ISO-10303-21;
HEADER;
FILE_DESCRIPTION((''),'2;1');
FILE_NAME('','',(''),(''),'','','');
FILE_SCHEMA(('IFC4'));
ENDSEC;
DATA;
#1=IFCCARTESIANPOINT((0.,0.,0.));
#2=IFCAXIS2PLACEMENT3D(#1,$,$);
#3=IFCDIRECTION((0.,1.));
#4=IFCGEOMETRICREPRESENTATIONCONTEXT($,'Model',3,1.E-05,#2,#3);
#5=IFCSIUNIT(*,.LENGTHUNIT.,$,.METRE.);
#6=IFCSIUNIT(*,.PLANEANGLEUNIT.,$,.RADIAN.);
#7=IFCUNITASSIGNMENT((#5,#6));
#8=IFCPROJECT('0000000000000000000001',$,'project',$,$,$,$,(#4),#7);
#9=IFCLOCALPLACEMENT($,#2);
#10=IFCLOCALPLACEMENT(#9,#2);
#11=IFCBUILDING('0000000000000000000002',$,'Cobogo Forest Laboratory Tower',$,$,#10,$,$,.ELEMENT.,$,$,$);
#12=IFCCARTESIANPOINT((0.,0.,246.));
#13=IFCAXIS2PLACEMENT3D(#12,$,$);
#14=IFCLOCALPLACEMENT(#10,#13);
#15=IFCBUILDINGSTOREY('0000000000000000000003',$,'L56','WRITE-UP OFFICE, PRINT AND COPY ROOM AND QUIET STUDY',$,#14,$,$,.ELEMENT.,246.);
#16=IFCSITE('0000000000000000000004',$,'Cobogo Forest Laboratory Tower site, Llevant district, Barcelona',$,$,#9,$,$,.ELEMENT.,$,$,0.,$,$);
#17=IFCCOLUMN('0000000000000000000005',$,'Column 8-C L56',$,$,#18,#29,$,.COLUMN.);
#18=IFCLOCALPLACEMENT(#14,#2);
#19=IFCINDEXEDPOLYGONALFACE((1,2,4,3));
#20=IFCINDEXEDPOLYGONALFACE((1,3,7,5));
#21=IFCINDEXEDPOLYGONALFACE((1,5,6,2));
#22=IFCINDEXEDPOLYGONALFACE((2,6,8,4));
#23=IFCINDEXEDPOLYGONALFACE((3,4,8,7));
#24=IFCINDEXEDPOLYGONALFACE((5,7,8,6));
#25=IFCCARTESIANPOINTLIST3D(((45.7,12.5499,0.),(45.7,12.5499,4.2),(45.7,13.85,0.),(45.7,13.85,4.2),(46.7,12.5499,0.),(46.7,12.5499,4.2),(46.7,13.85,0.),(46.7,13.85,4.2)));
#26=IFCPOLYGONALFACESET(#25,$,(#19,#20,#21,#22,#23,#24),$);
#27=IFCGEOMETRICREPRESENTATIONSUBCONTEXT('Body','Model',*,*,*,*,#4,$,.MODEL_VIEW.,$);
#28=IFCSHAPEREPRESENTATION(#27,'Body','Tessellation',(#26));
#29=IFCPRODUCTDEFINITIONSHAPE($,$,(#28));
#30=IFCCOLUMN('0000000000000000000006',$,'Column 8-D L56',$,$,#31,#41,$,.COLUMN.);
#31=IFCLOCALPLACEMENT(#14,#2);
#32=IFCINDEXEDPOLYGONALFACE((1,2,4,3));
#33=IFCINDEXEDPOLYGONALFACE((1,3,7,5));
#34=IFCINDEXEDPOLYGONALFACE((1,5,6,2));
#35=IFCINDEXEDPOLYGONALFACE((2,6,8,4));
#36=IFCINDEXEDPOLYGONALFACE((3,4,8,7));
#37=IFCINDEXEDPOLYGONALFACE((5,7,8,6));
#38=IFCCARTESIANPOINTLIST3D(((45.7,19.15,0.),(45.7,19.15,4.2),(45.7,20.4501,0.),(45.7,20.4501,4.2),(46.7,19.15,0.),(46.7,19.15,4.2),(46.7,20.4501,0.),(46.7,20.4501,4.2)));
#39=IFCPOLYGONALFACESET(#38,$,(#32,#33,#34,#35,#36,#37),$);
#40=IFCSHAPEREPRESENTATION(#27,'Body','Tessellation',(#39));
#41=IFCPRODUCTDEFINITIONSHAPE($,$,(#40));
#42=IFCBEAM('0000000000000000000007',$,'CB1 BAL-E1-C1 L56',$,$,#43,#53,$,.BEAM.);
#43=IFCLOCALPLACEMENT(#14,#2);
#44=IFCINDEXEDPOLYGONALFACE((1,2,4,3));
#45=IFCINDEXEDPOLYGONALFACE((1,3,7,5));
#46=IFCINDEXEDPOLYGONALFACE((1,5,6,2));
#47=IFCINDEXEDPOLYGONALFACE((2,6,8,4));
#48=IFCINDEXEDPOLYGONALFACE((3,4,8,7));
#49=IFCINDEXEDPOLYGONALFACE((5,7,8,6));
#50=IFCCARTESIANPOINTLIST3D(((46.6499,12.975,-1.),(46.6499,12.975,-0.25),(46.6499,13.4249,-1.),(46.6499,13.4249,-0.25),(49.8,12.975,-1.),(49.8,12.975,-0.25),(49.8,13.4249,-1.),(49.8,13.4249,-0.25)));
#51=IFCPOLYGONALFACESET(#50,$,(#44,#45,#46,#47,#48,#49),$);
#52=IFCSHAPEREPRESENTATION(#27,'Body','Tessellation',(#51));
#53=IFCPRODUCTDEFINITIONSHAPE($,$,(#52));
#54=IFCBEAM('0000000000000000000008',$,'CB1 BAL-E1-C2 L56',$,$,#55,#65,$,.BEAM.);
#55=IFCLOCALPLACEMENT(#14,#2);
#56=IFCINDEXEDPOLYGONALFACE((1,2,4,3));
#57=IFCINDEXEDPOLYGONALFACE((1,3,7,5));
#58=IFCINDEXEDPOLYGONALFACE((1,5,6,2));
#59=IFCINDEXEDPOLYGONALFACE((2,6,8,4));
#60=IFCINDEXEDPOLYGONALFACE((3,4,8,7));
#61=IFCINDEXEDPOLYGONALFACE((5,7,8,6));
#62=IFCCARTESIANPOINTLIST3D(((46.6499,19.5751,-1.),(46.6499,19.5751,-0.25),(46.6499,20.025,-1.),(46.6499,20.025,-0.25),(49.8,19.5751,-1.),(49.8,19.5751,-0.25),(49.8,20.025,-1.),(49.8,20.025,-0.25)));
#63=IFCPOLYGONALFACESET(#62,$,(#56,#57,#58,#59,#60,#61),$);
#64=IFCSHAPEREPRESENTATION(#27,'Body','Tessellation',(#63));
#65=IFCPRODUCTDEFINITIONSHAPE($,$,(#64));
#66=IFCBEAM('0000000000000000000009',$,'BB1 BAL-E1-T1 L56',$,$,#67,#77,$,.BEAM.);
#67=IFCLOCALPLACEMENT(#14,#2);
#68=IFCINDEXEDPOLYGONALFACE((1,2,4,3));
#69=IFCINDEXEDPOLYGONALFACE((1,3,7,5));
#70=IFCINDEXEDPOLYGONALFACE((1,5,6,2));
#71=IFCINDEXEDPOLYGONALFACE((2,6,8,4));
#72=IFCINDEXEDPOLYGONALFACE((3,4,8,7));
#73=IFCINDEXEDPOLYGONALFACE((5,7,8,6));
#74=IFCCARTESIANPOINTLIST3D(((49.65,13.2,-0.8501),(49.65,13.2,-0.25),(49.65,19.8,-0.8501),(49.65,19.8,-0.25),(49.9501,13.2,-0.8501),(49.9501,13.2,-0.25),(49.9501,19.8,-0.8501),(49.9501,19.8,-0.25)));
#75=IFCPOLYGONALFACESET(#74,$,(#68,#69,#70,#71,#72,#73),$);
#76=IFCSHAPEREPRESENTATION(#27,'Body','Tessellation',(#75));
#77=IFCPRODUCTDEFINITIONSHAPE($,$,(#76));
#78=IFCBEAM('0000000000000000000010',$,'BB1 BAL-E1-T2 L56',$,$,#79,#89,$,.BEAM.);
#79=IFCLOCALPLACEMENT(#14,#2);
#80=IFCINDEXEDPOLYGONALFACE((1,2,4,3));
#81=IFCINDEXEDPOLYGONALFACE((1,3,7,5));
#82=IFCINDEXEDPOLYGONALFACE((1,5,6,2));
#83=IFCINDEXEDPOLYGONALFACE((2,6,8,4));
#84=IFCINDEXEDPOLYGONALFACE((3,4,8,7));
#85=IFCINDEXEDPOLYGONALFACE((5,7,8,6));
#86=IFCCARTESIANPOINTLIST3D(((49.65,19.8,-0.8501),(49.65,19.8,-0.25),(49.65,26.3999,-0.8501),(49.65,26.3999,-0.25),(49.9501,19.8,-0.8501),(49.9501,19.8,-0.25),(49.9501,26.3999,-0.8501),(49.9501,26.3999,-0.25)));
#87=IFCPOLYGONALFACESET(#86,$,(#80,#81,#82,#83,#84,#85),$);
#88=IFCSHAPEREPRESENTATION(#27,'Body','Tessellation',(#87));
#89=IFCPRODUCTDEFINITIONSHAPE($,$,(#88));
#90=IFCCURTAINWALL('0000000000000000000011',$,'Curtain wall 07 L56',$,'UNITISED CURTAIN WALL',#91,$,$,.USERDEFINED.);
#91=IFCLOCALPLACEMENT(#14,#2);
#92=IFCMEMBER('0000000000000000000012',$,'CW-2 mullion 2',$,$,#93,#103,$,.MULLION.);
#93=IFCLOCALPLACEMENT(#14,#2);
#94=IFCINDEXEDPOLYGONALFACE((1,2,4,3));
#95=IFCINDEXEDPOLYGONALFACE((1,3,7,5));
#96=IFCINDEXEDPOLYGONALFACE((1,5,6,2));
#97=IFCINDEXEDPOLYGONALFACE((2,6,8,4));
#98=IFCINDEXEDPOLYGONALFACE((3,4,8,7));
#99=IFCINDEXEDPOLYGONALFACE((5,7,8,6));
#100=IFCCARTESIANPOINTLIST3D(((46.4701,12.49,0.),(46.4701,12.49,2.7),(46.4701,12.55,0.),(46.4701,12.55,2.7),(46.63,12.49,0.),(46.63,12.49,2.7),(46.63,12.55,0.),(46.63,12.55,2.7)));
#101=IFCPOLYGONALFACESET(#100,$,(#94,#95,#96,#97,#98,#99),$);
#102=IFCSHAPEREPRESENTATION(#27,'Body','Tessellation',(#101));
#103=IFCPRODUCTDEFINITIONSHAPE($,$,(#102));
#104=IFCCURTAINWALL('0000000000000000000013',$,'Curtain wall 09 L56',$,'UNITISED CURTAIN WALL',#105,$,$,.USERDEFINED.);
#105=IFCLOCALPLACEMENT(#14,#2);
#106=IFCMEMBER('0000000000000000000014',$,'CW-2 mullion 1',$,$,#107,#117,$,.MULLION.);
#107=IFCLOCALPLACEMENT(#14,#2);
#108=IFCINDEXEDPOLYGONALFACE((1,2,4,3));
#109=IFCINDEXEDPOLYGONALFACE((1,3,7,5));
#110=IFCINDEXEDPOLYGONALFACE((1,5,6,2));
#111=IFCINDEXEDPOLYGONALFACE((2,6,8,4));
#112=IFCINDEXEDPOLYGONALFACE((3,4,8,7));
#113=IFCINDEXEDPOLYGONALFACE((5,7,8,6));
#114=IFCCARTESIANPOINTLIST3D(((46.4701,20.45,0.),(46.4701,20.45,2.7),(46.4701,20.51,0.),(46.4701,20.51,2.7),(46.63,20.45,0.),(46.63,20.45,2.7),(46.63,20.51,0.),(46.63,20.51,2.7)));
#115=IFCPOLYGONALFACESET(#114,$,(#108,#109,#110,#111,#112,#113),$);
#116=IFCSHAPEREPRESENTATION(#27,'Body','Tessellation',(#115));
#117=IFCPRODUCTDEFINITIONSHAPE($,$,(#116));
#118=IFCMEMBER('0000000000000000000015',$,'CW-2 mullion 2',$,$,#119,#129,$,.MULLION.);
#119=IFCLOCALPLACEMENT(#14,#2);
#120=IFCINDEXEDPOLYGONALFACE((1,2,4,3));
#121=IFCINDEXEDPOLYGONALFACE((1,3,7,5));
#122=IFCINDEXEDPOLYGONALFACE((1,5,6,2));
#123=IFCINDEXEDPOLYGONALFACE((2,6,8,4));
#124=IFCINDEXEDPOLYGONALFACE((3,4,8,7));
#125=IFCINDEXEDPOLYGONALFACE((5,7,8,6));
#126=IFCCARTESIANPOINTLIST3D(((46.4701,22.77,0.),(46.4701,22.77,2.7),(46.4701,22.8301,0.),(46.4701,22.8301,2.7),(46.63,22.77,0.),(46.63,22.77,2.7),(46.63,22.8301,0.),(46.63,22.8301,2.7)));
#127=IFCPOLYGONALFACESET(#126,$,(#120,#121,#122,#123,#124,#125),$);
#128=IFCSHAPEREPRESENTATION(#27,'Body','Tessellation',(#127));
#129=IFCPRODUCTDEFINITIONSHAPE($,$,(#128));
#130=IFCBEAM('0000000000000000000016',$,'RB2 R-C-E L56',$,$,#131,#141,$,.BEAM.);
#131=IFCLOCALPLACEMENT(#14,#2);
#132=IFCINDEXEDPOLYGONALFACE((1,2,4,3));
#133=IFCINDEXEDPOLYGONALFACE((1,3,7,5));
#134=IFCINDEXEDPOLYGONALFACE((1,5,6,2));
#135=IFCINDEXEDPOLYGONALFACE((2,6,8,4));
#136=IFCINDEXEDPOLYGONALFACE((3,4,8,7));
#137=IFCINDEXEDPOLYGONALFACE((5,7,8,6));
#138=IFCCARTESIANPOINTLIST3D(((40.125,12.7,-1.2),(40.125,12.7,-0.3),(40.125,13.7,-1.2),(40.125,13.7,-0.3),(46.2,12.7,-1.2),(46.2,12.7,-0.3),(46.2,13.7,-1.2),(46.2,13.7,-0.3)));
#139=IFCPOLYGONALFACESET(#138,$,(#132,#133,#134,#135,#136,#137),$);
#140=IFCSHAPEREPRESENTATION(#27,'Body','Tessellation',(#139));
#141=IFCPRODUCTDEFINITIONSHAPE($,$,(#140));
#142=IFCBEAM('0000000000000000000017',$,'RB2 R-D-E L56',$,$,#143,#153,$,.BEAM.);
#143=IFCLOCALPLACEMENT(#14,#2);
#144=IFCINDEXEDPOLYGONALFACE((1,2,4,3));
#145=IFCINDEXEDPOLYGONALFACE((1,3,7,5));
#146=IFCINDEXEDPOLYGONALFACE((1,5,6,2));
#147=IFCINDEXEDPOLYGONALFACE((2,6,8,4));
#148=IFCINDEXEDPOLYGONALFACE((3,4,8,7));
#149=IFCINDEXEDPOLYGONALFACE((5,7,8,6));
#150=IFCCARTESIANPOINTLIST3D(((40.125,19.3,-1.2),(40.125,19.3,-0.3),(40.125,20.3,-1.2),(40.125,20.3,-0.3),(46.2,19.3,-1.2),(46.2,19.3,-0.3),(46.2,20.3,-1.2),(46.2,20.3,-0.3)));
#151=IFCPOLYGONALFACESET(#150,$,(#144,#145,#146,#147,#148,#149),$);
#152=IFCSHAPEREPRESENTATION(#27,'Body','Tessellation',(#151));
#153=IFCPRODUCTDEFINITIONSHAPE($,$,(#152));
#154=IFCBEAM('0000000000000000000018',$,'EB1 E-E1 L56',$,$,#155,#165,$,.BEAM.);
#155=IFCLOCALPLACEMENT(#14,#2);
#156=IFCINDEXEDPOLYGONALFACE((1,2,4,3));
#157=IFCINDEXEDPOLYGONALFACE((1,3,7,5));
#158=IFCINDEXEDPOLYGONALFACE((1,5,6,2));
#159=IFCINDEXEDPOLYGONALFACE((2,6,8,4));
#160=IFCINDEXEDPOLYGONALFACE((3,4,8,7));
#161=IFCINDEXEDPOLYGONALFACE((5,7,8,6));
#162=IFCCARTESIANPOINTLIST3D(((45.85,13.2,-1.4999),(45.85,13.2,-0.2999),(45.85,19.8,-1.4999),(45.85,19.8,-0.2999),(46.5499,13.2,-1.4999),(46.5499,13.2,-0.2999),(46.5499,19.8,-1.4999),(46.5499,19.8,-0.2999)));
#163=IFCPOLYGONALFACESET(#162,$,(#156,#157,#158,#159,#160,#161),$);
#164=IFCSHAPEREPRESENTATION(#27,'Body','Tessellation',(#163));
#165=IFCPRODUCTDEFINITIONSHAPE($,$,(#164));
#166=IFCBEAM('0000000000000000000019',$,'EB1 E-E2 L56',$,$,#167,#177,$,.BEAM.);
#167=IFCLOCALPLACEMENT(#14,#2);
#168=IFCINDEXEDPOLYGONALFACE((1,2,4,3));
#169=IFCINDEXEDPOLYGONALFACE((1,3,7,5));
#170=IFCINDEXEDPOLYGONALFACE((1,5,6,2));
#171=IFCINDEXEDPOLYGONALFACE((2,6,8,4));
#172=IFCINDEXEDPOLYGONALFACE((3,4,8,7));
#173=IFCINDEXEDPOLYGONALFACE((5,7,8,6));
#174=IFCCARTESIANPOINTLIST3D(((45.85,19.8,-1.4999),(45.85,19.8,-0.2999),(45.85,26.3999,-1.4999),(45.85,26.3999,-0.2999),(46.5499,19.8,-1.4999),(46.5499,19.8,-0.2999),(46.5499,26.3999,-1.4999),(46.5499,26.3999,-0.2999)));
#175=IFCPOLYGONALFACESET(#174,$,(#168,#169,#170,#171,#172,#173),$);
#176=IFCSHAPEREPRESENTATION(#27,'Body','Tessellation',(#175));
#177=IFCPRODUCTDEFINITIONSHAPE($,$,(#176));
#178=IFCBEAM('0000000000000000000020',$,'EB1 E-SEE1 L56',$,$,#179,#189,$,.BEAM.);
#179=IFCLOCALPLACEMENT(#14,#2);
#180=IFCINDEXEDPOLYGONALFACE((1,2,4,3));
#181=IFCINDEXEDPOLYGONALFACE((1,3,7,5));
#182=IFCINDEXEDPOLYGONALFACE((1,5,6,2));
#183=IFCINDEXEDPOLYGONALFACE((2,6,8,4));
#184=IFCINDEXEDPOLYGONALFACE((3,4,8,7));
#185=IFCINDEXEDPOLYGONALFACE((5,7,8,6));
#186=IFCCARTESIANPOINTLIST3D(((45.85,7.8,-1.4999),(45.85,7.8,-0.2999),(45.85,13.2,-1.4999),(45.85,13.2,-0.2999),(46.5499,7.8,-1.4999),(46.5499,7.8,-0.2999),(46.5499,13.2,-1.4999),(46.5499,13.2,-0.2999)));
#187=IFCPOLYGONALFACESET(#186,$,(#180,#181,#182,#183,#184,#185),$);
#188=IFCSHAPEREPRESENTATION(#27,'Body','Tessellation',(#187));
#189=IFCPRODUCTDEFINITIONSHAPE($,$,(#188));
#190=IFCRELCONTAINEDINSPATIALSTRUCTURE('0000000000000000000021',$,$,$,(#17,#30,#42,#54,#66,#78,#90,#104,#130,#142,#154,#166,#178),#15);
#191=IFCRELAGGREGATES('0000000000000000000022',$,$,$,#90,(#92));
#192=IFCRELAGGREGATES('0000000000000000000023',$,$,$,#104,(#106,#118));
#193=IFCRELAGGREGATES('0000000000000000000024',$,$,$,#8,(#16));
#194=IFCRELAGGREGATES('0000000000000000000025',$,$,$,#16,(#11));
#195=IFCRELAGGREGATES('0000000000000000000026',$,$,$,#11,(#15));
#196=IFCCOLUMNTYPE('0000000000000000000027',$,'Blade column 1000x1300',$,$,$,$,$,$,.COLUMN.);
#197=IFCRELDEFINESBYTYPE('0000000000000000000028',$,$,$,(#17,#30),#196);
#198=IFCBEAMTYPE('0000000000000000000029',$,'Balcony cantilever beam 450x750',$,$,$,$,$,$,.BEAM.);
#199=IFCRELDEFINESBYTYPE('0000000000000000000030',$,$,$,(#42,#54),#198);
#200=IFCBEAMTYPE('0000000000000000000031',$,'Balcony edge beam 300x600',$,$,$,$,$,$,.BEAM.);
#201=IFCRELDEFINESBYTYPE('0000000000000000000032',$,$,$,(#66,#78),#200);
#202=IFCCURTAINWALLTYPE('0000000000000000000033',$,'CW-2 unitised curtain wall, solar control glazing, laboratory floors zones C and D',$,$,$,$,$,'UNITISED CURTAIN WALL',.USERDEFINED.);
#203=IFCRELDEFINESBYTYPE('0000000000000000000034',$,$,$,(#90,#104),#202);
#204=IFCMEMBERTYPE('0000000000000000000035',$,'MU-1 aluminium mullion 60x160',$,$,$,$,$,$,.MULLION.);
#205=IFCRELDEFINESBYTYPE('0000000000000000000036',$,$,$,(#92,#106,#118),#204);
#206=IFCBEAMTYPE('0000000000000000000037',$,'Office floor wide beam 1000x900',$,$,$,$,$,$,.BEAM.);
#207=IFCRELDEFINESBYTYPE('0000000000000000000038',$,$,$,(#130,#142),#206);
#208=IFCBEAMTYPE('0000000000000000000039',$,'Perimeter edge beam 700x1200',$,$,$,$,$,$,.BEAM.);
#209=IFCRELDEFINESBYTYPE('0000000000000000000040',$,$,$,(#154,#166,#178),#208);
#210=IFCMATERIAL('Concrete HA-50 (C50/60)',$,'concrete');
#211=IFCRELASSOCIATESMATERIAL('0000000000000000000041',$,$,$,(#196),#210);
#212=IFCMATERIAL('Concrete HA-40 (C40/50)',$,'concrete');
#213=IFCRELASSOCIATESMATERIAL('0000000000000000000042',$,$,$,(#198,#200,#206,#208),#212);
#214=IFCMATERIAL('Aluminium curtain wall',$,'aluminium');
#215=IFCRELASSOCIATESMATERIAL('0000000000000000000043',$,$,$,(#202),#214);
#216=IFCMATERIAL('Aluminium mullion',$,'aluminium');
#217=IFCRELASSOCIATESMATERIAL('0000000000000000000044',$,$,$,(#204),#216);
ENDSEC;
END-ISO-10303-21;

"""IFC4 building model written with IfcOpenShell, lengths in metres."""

from ifc_helpers import new_model, si_unit, direction, frame, origin, origin_2d, place, context, subcontext, project, spatial, rectangle, extrude, material, material_profile, profile_set, type_object, element, aggregate, save


model = new_model("IFC4")

# Units and contexts
model_context = context("Model", 3, precision=1e-05, world=origin(), true_north=direction((0.0, 1.0)))
body_context = subcontext(model_context, "Body", "Model", "MODEL_VIEW")
ifc_project = project(units=[si_unit("LENGTHUNIT", "METRE"), si_unit("PLANEANGLEUNIT", "RADIAN")], contexts=[model_context])

# Site, building, storey
site_placement = place(None, origin())
site = spatial("IfcSite", under=ifc_project, at=site_placement, Name="Cobogo Forest Laboratory Tower site, Llevant district, Barcelona", CompositionType="ELEMENT", RefElevation=0.0)
building_placement = place(site_placement, origin())
building = spatial("IfcBuilding", under=site, at=building_placement, Name="Cobogo Forest Laboratory Tower", CompositionType="ELEMENT")
storey_placement = place(building_placement, frame((0.0, 0.0, 246.0)))
storey = spatial("IfcBuildingStorey", under=building, at=storey_placement, Name="L56", Description="WRITE-UP OFFICE, PRINT AND COPY ROOM AND QUIET STUDY", CompositionType="ELEMENT", Elevation=246.0)

# Columns
ifc_material_1 = material(Name="Concrete HA-50 (C50/60)", Category="concrete")
ifc_material_profile_1 = material_profile(ifc_material_1, rectangle(XDim=1.3, YDim=1.0, at=origin_2d()), Name="RC 1000x1300")
ifc_profile_set_1 = profile_set([ifc_material_profile_1], Name="Concrete HA-50 (C50/60)")
column_type = type_object("IfcColumnType", Name="Blade column 1000x1300", PredefinedType="COLUMN", material=ifc_profile_set_1)
for number, where, z_axis, x_axis, name in (
    (1, (46.2, 13.2, 0.0), (0.0, 0.0, 1.0), (0.0, 1.0, 0.0), "Column 8-C L56"),
    (2, (46.2, 19.8, 0.0), (0.0, 0.0, 1.0), (0.0, 1.0, 0.0), "Column 8-D L56"),
):
    element("IfcColumn", number, at=place(storey_placement, frame(where, z_axis=z_axis, x_axis=x_axis)), inside=storey, type_object=column_type, Name=name, PredefinedType="COLUMN", context=body_context, shape_type="SweptSolid", body=[
        extrude(rectangle(XDim=1.3, YDim=1.0, at=origin_2d()), origin(), (0.0, 0.0, 1.0), 4.2),
    ])

# Beams
ifc_material_2 = material(Name="Concrete HA-40 (C40/50)", Category="concrete")
ifc_material_profile_2 = material_profile(ifc_material_2, rectangle(XDim=0.45, YDim=0.75, at=origin_2d()), Name="RC 450x750")
ifc_profile_set_2 = profile_set([ifc_material_profile_2], Name="Concrete HA-40 (C40/50)")
beam_type_1 = type_object("IfcBeamType", Name="Balcony cantilever beam 450x750", PredefinedType="BEAM", material=ifc_profile_set_2)
for number, where, z_axis, x_axis, name in (
    (3, (46.6499, 13.2, -0.625), (1.0, 0.0, 0.0), (0.0, 1.0, 0.0), "CB1 BAL-E1-C1 L56"),
    (4, (46.6499, 19.8, -0.625), (1.0, 0.0, 0.0), (0.0, 1.0, 0.0), "CB1 BAL-E1-C2 L56"),
):
    element("IfcBeam", number, at=place(storey_placement, frame(where, z_axis=z_axis, x_axis=x_axis)), inside=storey, type_object=beam_type_1, Name=name, PredefinedType="BEAM", context=body_context, shape_type="SweptSolid", body=[
        extrude(rectangle(XDim=0.45, YDim=0.75, at=origin_2d()), origin(), (0.0, 0.0, 1.0), 3.1501),
    ])
ifc_material_profile_3 = material_profile(ifc_material_2, rectangle(XDim=0.3, YDim=0.6001, at=origin_2d()), Name="RC 300x600")
ifc_profile_set_3 = profile_set([ifc_material_profile_3], Name="Concrete HA-40 (C40/50)")
beam_type_2 = type_object("IfcBeamType", Name="Balcony edge beam 300x600", PredefinedType="BEAM", material=ifc_profile_set_3)
beam_1_placement = place(storey_placement, frame((49.8, 13.2, -0.55), z_axis=(0.0, 1.0, 0.0), x_axis=(-1.0, 0.0, 0.0)))
element("IfcBeam", 5, at=beam_1_placement, inside=storey, type_object=beam_type_2, Name="BB1 BAL-E1-T1 L56", PredefinedType="BEAM", context=body_context, shape_type="SweptSolid", body=[
    extrude(rectangle(XDim=0.3, YDim=0.6001, at=origin_2d()), origin(), (0.0, 0.0, 1.0), 6.6001),
])
beam_2_placement = place(storey_placement, frame((49.8, 19.8, -0.55), z_axis=(0.0, 1.0, 0.0), x_axis=(-1.0, 0.0, 0.0)))
element("IfcBeam", 6, at=beam_2_placement, inside=storey, type_object=beam_type_2, Name="BB1 BAL-E1-T2 L56", PredefinedType="BEAM", context=body_context, shape_type="SweptSolid", body=[
    extrude(rectangle(XDim=0.3, YDim=0.6001, at=origin_2d()), origin(), (0.0, 0.0, 1.0), 6.5999),
])

# Curtain wall, member
ifc_material_3 = material(Name="Aluminium curtain wall", Category="aluminium")
curtain_wall_type = type_object("IfcCurtainWallType", Name="CW-2 unitised curtain wall, solar control glazing, laboratory floors zones C and D", ElementType="UNITISED CURTAIN WALL", PredefinedType="USERDEFINED", material=ifc_material_3)
curtain_wall_1_placement = place(storey_placement, origin())
curtain_wall_1 = element("IfcCurtainWall", 7, at=curtain_wall_1_placement, inside=storey, type_object=curtain_wall_type, Name="Curtain wall 07 L56", ObjectType="UNITISED CURTAIN WALL", PredefinedType="USERDEFINED")
ifc_material_4 = material(Name="Aluminium mullion", Category="aluminium")
ifc_material_profile_4 = material_profile(ifc_material_4, rectangle(XDim=0.0601, YDim=0.1599, at=origin_2d()), Name="AL 60x160")
ifc_profile_set_4 = profile_set([ifc_material_profile_4], Name="Aluminium mullion")
member_type_1 = type_object("IfcMemberType", Name="MU-1 aluminium mullion 60x160", PredefinedType="MULLION", material=ifc_profile_set_4)
member_1_placement = place(storey_placement, frame((46.55, 12.52, 0.0), z_axis=(0.0, 0.0, 1.0), x_axis=(0.0, 1.0, 0.0)))
member_1 = element("IfcMember", 8, at=member_1_placement, type_object=member_type_1, Name="CW-2 mullion 2", PredefinedType="MULLION", context=body_context, shape_type="SweptSolid", body=[
    extrude(rectangle(XDim=0.0601, YDim=0.1599, at=origin_2d()), origin(), (0.0, 0.0, 1.0), 2.7),
])
aggregate(curtain_wall_1, [member_1])

# Curtain wall, members
curtain_wall_2_placement = place(storey_placement, origin())
curtain_wall_2 = element("IfcCurtainWall", 9, at=curtain_wall_2_placement, inside=storey, type_object=curtain_wall_type, Name="Curtain wall 09 L56", ObjectType="UNITISED CURTAIN WALL", PredefinedType="USERDEFINED")
member_2_placement = place(storey_placement, frame((46.55, 20.48, 0.0), z_axis=(0.0, 0.0, 1.0), x_axis=(0.0, 1.0, 0.0)))
member_2 = element("IfcMember", 10, at=member_2_placement, type_object=member_type_1, Name="CW-2 mullion 1", PredefinedType="MULLION", context=body_context, shape_type="SweptSolid", body=[
    extrude(rectangle(XDim=0.0601, YDim=0.1599, at=origin_2d()), origin(), (0.0, 0.0, 1.0), 2.7),
])
member_3_placement = place(storey_placement, frame((46.55, 22.8, 0.0), z_axis=(0.0, 0.0, 1.0), x_axis=(0.0, 1.0, 0.0)))
member_3 = element("IfcMember", 11, at=member_3_placement, type_object=member_type_1, Name="CW-2 mullion 2", PredefinedType="MULLION", context=body_context, shape_type="SweptSolid", body=[
    extrude(rectangle(XDim=0.0601, YDim=0.1599, at=origin_2d()), origin(), (0.0, 0.0, 1.0), 2.7),
])

# Beams
ifc_material_profile_5 = material_profile(ifc_material_2, rectangle(XDim=1.0, YDim=0.8999, at=origin_2d()), Name="RC 1000x900")
ifc_profile_set_5 = profile_set([ifc_material_profile_5], Name="Concrete HA-40 (C40/50)")
beam_type_3 = type_object("IfcBeamType", Name="Office floor wide beam 1000x900", PredefinedType="BEAM", material=ifc_profile_set_5)
for number, where, z_axis, x_axis, name in (
    (12, (40.125, 13.2, -0.75), (1.0, 0.0, 0.0), (0.0, 1.0, 0.0), "RB2 R-C-E L56"),
    (13, (40.125, 19.8, -0.75), (1.0, 0.0, 0.0), (0.0, 1.0, 0.0), "RB2 R-D-E L56"),
):
    element("IfcBeam", number, at=place(storey_placement, frame(where, z_axis=z_axis, x_axis=x_axis)), inside=storey, type_object=beam_type_3, Name=name, PredefinedType="BEAM", context=body_context, shape_type="SweptSolid", body=[
        extrude(rectangle(XDim=1.0, YDim=0.8999, at=origin_2d()), origin(), (0.0, 0.0, 1.0), 6.075),
    ])
ifc_material_profile_6 = material_profile(ifc_material_2, rectangle(XDim=0.7, YDim=1.2, at=origin_2d()), Name="RC 700x1200")
ifc_profile_set_6 = profile_set([ifc_material_profile_6], Name="Concrete HA-40 (C40/50)")
beam_type_4 = type_object("IfcBeamType", Name="Perimeter edge beam 700x1200", PredefinedType="BEAM", material=ifc_profile_set_6)
beam_3_placement = place(storey_placement, frame((46.2, 13.2, -0.8999), z_axis=(0.0, 1.0, 0.0), x_axis=(-1.0, 0.0, 0.0)))
element("IfcBeam", 14, at=beam_3_placement, inside=storey, type_object=beam_type_4, Name="EB1 E-E1 L56", PredefinedType="BEAM", context=body_context, shape_type="SweptSolid", body=[
    extrude(rectangle(XDim=0.7, YDim=1.2, at=origin_2d()), origin(), (0.0, 0.0, 1.0), 6.6001),
])
beam_4_placement = place(storey_placement, frame((46.2, 19.8, -0.8999), z_axis=(0.0, 1.0, 0.0), x_axis=(-1.0, 0.0, 0.0)))
element("IfcBeam", 15, at=beam_4_placement, inside=storey, type_object=beam_type_4, Name="EB1 E-E2 L56", PredefinedType="BEAM", context=body_context, shape_type="SweptSolid", body=[
    extrude(rectangle(XDim=0.7, YDim=1.2, at=origin_2d()), origin(), (0.0, 0.0, 1.0), 6.5999),
])
beam_5_placement = place(storey_placement, frame((46.2, 13.2, -0.8999), z_axis=(0.0, -1.0, 0.0), x_axis=(1.0, 0.0, 0.0)))
element("IfcBeam", 16, at=beam_5_placement, inside=storey, type_object=beam_type_4, Name="EB1 E-SEE1 L56", PredefinedType="BEAM", context=body_context, shape_type="SweptSolid", body=[
    extrude(rectangle(XDim=0.7, YDim=1.2, at=origin_2d()), origin(), (0.0, 0.0, 1.0), 5.3999),
])

aggregate(curtain_wall_2, [member_2, member_3])

save(model, "model.ifc")
